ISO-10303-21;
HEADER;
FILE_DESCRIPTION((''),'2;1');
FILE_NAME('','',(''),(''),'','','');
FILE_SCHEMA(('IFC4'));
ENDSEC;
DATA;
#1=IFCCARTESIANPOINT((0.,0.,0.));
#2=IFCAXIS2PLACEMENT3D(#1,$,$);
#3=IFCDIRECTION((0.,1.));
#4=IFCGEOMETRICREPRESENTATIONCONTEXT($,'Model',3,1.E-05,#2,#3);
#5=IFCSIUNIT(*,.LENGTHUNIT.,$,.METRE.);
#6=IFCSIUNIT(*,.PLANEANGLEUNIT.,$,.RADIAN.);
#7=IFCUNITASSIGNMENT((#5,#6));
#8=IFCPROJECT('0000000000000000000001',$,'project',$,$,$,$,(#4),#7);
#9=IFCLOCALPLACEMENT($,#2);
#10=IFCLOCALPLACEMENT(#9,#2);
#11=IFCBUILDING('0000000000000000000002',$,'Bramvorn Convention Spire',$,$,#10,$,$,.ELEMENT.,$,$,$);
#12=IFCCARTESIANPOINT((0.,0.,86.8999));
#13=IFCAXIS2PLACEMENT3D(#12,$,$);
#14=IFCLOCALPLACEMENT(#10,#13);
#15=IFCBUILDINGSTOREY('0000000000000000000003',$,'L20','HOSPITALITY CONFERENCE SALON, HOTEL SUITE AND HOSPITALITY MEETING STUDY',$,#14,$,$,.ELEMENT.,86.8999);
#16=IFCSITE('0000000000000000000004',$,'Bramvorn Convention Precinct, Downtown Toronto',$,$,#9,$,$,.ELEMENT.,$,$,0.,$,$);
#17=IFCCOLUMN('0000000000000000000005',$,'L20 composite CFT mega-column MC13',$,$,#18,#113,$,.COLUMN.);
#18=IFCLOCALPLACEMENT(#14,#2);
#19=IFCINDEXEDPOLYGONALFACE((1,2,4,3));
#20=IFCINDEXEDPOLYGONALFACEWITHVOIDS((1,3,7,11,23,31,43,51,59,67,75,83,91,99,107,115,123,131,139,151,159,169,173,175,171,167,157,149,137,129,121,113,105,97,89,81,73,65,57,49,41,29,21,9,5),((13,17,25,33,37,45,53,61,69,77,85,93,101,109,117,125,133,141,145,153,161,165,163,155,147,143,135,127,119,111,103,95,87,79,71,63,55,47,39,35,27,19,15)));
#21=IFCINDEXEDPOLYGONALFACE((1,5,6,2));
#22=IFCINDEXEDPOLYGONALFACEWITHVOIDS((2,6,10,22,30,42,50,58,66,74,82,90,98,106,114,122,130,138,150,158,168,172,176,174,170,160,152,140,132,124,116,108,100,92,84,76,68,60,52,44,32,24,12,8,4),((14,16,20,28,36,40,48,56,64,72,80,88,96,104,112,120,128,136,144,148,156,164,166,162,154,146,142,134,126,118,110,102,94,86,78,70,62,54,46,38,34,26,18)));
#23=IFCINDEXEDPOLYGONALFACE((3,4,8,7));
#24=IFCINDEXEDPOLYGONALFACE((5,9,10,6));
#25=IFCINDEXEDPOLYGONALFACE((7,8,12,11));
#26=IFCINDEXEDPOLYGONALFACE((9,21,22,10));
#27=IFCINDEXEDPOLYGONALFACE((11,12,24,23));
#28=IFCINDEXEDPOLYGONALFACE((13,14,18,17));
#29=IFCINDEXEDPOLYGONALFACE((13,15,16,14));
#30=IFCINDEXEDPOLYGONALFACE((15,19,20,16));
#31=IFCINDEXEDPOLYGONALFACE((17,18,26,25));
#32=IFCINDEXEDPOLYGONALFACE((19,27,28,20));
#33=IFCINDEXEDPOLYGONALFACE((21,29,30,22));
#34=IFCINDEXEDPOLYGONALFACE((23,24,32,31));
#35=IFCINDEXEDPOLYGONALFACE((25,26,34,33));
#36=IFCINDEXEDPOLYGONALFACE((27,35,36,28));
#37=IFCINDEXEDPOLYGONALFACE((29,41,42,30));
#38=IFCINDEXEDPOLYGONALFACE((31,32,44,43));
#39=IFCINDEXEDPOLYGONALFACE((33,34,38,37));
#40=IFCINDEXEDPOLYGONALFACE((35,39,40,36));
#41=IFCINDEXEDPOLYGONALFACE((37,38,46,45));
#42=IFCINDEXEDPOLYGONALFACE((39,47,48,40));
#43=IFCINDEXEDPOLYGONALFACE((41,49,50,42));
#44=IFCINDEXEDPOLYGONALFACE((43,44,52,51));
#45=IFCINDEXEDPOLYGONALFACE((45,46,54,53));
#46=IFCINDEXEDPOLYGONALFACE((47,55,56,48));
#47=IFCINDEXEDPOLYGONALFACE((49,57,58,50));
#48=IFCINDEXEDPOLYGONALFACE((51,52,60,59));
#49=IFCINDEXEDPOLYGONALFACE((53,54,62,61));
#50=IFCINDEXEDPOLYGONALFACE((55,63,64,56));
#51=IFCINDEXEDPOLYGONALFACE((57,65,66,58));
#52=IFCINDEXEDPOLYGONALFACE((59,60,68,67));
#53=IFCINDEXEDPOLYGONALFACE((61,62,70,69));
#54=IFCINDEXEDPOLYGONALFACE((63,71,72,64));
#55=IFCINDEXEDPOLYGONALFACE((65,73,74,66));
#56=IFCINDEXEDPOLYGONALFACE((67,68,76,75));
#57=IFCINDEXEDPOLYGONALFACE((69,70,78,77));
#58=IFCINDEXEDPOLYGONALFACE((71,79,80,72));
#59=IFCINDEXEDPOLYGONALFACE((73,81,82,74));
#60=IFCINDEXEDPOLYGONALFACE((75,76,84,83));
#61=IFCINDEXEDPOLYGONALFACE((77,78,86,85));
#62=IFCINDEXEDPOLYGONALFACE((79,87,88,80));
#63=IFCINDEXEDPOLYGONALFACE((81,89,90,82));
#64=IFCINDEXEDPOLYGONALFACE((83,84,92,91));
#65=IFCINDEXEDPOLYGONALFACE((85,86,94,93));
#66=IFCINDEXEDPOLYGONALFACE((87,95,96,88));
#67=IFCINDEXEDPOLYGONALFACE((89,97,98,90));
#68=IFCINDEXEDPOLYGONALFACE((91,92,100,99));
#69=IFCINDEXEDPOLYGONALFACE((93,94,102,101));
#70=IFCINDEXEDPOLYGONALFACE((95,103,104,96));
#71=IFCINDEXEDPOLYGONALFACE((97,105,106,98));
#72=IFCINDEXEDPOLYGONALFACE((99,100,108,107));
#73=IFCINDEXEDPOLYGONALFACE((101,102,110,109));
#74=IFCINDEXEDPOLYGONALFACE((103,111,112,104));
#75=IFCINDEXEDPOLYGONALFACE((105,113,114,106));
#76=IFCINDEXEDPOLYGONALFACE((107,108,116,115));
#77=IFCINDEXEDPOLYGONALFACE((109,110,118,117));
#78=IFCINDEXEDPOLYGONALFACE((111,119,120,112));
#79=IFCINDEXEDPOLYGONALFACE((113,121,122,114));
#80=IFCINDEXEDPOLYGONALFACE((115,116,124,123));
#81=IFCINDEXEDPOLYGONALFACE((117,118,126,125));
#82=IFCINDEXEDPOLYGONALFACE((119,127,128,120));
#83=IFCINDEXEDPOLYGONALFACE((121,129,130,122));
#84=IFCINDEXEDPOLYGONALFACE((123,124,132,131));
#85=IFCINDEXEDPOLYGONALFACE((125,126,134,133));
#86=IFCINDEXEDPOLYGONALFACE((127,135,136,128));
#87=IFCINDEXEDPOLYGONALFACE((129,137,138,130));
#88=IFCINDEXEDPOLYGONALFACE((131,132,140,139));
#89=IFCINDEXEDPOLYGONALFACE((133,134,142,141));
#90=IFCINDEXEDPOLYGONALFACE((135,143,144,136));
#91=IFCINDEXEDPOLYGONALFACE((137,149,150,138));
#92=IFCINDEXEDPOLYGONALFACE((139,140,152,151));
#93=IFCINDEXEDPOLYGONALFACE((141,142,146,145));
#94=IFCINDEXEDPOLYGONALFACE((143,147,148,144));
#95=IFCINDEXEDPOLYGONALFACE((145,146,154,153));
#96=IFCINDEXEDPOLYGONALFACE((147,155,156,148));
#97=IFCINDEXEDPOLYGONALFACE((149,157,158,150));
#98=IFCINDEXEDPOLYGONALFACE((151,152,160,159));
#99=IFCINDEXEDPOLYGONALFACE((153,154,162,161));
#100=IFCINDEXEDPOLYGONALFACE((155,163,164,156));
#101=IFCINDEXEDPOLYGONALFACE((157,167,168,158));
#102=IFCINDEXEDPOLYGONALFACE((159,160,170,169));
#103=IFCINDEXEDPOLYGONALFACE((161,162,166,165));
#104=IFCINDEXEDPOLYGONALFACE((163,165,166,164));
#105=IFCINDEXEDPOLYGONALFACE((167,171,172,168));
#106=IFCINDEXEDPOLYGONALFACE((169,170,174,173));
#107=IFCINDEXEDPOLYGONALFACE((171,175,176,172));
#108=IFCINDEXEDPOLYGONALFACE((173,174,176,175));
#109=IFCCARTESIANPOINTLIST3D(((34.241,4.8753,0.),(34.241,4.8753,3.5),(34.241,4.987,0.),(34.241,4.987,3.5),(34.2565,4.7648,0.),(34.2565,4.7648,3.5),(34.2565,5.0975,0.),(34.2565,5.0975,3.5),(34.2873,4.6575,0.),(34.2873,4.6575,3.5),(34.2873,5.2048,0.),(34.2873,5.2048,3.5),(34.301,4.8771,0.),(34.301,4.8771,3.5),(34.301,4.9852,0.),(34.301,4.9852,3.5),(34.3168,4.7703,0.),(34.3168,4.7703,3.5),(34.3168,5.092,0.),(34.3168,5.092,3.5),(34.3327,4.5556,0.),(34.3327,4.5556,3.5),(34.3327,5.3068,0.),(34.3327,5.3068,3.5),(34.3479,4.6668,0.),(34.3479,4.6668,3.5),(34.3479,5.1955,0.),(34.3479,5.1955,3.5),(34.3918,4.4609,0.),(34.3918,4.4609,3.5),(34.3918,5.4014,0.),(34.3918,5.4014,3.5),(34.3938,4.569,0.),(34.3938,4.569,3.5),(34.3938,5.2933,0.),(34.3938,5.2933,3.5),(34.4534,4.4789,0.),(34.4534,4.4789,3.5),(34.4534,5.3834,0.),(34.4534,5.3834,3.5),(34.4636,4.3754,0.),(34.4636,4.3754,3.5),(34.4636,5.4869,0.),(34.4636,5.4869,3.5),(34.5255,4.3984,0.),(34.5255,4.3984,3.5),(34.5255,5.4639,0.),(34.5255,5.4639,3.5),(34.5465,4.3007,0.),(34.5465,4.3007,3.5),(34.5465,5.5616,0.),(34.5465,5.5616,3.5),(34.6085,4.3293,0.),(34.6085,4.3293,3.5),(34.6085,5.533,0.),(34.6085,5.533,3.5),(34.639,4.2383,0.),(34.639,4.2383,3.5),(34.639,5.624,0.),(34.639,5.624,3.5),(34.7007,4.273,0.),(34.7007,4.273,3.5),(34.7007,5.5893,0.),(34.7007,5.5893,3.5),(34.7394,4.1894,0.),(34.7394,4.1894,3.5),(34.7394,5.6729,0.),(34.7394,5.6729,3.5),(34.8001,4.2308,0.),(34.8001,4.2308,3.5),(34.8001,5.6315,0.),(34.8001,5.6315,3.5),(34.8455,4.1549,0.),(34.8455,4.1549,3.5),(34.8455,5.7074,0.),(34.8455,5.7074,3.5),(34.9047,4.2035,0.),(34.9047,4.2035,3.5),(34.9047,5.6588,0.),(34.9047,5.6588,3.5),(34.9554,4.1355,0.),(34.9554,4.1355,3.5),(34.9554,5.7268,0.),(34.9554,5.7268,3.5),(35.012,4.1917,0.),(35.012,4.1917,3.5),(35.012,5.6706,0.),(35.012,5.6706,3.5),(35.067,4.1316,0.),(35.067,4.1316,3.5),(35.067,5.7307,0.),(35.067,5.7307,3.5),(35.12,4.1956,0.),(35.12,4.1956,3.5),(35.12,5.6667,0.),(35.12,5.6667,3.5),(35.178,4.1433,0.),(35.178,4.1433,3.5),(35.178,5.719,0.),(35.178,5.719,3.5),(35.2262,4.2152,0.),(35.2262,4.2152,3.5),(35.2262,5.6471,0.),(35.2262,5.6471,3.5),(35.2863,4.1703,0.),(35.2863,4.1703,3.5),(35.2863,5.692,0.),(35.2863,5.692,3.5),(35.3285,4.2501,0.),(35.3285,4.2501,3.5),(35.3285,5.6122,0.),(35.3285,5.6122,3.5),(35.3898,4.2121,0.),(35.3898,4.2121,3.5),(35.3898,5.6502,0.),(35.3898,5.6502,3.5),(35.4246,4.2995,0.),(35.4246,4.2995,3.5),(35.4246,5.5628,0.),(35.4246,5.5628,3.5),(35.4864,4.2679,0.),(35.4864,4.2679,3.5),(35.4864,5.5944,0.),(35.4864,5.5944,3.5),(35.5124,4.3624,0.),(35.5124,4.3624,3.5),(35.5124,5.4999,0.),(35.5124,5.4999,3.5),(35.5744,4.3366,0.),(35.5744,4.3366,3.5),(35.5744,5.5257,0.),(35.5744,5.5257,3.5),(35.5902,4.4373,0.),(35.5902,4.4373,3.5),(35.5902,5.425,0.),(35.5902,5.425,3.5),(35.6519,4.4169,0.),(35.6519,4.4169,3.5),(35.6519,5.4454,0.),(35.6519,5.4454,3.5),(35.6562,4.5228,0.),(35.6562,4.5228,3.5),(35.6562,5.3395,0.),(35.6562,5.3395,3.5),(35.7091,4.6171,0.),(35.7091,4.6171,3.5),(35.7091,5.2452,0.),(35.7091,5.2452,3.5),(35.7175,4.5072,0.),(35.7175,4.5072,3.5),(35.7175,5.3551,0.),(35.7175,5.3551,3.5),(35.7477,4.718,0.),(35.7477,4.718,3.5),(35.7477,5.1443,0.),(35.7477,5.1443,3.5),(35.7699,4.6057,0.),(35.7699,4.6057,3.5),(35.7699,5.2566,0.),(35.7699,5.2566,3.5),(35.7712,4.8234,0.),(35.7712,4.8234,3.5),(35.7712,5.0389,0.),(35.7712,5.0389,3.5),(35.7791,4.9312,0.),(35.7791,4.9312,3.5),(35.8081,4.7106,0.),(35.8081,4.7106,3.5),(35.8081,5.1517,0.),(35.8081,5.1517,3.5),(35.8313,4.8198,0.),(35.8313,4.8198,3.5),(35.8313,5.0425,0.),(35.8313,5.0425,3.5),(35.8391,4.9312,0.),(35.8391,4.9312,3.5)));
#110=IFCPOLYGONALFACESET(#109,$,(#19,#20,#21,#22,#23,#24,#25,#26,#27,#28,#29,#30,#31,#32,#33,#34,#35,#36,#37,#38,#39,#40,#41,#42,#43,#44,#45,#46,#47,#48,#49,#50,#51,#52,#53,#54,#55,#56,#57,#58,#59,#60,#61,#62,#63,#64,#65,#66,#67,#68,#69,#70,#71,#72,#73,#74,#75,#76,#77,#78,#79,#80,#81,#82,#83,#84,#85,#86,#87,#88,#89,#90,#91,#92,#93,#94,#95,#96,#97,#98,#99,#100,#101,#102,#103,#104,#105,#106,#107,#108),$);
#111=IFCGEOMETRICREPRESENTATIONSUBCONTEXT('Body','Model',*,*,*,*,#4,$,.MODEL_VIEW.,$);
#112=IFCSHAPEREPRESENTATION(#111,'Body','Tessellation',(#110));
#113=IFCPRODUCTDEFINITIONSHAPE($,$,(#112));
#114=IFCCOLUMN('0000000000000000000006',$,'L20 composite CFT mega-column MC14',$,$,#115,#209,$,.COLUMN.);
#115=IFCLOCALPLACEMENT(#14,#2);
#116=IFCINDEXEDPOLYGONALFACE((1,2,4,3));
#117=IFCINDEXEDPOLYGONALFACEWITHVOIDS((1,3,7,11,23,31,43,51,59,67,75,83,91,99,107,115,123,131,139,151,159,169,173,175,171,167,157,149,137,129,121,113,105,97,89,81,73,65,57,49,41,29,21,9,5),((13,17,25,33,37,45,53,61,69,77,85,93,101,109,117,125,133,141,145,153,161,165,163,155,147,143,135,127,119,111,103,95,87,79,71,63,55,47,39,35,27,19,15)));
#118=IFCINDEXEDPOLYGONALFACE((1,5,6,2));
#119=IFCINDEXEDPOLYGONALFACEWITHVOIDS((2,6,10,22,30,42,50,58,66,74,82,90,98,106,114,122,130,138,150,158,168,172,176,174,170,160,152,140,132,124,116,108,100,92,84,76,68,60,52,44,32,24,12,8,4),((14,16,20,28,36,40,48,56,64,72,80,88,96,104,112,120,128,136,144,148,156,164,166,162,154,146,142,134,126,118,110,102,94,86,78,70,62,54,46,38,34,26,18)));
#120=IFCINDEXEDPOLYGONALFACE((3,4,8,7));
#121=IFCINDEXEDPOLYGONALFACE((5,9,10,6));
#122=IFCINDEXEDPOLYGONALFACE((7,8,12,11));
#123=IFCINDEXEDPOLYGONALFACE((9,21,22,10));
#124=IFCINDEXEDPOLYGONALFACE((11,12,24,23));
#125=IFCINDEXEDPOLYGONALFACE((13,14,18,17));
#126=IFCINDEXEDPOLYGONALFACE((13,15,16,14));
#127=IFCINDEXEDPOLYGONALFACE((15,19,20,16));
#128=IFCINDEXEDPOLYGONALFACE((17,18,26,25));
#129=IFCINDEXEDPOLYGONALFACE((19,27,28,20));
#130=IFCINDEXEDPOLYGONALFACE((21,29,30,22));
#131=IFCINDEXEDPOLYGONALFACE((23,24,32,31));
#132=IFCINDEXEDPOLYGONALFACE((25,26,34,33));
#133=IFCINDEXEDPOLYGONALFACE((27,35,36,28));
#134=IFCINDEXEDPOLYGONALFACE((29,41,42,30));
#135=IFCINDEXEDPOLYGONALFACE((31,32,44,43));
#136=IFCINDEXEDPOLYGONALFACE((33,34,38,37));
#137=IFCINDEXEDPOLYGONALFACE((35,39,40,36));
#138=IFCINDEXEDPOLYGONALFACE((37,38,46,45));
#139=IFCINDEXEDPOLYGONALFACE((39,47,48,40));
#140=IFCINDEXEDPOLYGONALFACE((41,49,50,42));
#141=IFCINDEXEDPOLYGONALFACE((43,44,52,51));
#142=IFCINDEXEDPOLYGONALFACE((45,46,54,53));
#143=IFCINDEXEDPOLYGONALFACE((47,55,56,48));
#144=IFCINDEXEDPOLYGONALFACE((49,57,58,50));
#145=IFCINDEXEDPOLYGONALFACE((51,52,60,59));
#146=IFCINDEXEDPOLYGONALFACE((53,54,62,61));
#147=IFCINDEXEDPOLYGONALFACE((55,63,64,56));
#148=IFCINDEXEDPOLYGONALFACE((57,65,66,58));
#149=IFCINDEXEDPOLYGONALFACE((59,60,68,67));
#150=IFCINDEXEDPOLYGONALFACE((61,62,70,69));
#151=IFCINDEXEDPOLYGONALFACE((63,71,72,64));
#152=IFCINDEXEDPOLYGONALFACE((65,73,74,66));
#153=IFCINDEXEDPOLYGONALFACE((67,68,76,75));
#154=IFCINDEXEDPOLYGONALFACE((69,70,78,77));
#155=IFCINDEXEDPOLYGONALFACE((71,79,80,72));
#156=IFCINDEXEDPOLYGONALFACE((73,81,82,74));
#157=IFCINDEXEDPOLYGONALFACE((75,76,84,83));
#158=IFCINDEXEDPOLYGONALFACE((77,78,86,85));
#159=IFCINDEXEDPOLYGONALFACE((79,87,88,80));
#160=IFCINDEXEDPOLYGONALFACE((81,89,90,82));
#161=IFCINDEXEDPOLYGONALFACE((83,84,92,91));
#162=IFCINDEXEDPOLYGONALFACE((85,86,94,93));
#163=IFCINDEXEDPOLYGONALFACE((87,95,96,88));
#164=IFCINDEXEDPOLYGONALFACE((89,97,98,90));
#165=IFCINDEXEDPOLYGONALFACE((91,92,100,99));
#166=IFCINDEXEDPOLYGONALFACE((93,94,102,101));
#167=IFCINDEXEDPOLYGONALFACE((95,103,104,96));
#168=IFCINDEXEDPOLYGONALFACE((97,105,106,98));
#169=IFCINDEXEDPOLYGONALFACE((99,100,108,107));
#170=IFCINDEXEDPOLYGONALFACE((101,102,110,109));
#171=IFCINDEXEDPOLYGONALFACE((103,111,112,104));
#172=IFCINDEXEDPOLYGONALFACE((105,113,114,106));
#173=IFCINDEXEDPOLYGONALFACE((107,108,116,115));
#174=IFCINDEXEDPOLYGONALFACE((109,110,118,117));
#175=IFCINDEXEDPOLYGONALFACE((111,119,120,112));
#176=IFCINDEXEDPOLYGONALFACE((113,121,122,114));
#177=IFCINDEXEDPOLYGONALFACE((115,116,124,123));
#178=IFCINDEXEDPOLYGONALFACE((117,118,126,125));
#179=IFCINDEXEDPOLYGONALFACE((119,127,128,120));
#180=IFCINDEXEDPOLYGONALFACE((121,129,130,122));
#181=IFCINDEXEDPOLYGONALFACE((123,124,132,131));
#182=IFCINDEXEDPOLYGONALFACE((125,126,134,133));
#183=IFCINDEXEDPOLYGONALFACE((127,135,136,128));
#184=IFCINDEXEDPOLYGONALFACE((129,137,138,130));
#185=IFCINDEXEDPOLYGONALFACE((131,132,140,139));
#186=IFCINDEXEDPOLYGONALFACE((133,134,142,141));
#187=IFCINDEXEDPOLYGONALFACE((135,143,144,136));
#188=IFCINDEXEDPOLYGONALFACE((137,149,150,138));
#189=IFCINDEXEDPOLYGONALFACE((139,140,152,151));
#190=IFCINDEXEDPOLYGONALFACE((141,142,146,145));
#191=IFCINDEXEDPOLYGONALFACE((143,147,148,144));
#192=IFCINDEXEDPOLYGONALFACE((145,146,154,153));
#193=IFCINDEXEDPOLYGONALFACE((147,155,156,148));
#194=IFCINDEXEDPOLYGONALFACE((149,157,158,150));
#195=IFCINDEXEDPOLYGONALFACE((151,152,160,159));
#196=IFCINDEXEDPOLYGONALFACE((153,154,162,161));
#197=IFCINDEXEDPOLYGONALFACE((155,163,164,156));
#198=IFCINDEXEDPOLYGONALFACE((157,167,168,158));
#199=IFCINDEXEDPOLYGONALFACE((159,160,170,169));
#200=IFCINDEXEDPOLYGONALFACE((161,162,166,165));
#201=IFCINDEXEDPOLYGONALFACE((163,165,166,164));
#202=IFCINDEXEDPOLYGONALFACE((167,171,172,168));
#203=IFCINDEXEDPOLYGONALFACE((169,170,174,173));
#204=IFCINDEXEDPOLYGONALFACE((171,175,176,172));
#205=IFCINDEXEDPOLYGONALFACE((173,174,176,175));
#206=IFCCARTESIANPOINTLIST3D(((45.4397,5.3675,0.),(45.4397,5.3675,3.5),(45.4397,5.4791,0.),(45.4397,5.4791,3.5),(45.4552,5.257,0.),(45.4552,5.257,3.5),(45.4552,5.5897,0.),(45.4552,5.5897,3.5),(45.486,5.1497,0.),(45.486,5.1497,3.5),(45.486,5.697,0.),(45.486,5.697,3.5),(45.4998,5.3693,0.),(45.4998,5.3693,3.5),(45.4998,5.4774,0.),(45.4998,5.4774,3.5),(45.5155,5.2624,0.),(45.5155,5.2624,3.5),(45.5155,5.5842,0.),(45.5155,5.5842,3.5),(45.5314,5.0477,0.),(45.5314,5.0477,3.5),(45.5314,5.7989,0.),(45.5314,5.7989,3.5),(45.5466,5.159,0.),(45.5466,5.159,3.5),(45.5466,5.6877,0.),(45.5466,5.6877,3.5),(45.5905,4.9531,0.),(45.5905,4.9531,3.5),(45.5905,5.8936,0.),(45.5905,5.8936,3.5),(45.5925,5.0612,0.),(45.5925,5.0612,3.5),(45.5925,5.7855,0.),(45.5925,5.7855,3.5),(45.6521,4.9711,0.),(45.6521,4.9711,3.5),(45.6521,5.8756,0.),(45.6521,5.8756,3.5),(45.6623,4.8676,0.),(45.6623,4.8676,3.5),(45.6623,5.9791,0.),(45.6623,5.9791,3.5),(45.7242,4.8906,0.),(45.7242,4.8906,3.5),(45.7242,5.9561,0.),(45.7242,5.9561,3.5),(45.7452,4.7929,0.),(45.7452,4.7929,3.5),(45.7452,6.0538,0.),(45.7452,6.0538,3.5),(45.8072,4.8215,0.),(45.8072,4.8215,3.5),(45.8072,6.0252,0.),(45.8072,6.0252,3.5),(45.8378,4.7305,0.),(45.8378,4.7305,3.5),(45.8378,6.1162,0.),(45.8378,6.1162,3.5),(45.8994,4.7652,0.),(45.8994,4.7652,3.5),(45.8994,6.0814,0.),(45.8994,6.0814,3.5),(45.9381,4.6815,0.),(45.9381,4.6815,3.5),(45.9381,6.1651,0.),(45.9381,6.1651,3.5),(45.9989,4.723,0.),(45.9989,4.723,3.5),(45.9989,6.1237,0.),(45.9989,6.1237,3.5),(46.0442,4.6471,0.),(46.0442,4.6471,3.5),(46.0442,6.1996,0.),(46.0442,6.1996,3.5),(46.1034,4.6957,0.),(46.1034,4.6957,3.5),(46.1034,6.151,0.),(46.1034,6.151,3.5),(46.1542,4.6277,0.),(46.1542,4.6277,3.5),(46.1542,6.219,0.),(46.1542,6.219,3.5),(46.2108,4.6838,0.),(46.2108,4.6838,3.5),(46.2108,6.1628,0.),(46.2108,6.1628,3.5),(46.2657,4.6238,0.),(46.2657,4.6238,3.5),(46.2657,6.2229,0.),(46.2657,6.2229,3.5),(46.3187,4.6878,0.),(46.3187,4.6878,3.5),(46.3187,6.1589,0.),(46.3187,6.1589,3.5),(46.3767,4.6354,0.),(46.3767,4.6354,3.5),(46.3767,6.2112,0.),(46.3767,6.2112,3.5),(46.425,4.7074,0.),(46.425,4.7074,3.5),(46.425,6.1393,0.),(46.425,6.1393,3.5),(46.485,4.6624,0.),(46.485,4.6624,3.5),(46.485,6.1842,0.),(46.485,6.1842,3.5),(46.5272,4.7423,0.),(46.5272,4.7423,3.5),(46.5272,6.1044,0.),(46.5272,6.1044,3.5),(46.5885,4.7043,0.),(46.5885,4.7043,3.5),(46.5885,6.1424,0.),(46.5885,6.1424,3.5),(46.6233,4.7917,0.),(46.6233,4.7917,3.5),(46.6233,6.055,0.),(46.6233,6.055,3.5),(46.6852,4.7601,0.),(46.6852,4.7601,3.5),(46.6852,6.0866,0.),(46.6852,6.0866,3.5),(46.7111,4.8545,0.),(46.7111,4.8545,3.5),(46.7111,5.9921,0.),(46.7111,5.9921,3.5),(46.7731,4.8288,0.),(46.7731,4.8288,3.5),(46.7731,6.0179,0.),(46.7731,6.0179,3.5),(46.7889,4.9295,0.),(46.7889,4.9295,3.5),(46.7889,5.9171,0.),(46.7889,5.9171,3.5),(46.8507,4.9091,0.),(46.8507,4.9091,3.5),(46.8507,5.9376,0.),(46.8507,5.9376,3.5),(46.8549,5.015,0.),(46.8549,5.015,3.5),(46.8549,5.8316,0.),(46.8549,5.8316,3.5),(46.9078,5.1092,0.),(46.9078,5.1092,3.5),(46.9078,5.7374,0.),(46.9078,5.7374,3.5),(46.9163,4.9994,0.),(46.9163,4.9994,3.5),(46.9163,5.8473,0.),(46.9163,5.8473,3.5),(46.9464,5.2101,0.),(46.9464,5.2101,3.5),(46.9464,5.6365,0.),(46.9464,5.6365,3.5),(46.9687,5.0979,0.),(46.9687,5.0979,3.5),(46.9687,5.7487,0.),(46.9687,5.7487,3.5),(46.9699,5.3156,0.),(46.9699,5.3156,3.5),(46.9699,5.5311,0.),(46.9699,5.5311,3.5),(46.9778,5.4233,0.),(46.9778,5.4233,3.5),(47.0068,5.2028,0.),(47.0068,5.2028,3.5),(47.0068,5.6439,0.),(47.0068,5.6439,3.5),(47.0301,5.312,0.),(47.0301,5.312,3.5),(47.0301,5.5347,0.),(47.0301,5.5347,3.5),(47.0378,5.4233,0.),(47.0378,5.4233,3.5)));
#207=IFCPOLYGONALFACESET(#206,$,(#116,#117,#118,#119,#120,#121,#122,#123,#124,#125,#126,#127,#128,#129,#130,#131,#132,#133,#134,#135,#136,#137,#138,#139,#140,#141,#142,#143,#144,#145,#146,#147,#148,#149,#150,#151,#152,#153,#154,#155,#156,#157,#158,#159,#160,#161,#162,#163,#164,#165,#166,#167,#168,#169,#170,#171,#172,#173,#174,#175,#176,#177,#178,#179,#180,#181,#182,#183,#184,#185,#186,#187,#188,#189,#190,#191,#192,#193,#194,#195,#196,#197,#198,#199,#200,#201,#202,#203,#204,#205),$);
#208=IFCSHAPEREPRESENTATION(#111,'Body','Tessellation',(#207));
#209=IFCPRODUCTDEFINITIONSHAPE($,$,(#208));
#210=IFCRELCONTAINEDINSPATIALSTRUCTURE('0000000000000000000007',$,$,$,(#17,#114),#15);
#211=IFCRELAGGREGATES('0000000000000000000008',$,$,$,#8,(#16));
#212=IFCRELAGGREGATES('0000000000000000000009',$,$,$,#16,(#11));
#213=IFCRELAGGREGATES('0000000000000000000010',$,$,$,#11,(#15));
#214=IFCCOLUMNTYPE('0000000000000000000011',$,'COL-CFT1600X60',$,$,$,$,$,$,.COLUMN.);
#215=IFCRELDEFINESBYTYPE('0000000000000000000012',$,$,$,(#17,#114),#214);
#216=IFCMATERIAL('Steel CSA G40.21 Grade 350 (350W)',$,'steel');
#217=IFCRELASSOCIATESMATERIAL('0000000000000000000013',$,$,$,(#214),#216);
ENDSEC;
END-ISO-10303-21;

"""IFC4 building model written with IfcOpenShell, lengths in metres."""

from ifc_helpers import new_model, si_unit, direction, frame, origin, origin_2d, place, context, subcontext, project, spatial, hollow_circle, extrude, material, material_profile, profile_set, type_object, element, save


model = new_model("IFC4")

# Units and contexts
model_context = context("Model", 3, precision=1e-05, world=origin(), true_north=direction((0.0, 1.0)))
body_context = subcontext(model_context, "Body", "Model", "MODEL_VIEW")
ifc_project = project(units=[si_unit("LENGTHUNIT", "METRE"), si_unit("PLANEANGLEUNIT", "RADIAN")], contexts=[model_context])

# Site, building, storey
site_placement = place(None, origin())
site = spatial("IfcSite", under=ifc_project, at=site_placement, Name="Bramvorn Convention Precinct, Downtown Toronto", CompositionType="ELEMENT", RefElevation=0.0)
building_placement = place(site_placement, origin())
building = spatial("IfcBuilding", under=site, at=building_placement, Name="Bramvorn Convention Spire", CompositionType="ELEMENT")
storey_placement = place(building_placement, frame((0.0, 0.0, 86.8999)))
storey = spatial("IfcBuildingStorey", under=building, at=storey_placement, Name="L20", Description="HOSPITALITY CONFERENCE SALON, HOTEL SUITE AND HOSPITALITY MEETING STUDY", CompositionType="ELEMENT", Elevation=86.8999)

# Columns
ifc_material_1 = material(Name="Steel CSA G40.21 Grade 350 (350W)", Category="steel")
ifc_material_profile_1 = material_profile(ifc_material_1, hollow_circle(Radius=0.8, WallThickness=0.0601, at=origin_2d()))
ifc_profile_set_1 = profile_set([ifc_material_profile_1], Name="Steel CSA G40.21 Grade 350 (350W) - CFT1600X60")
column_type = type_object("IfcColumnType", Name="COL-CFT1600X60", PredefinedType="COLUMN", material=ifc_profile_set_1)
for number, where, z_axis, x_axis, name in (
    (1, (35.0391, 4.9312, 0.0), (0.0, 0.0, 1.0), (1.0, 0.0, 0.0), "L20 composite CFT mega-column MC13"),
    (2, (46.2378, 5.4233, 0.0), (0.0, 0.0, 1.0), (1.0, 0.0, 0.0), "L20 composite CFT mega-column MC14"),
):
    element("IfcColumn", number, at=place(storey_placement, frame(where, z_axis=z_axis, x_axis=x_axis)), inside=storey, type_object=column_type, Name=name, PredefinedType="COLUMN", context=body_context, shape_type="SweptSolid", body=[
        extrude(hollow_circle(Radius=0.8, WallThickness=0.0601, at=origin_2d()), origin(), (0.0, 0.0, 1.0), 3.5),
    ])

save(model, "model.ifc")
